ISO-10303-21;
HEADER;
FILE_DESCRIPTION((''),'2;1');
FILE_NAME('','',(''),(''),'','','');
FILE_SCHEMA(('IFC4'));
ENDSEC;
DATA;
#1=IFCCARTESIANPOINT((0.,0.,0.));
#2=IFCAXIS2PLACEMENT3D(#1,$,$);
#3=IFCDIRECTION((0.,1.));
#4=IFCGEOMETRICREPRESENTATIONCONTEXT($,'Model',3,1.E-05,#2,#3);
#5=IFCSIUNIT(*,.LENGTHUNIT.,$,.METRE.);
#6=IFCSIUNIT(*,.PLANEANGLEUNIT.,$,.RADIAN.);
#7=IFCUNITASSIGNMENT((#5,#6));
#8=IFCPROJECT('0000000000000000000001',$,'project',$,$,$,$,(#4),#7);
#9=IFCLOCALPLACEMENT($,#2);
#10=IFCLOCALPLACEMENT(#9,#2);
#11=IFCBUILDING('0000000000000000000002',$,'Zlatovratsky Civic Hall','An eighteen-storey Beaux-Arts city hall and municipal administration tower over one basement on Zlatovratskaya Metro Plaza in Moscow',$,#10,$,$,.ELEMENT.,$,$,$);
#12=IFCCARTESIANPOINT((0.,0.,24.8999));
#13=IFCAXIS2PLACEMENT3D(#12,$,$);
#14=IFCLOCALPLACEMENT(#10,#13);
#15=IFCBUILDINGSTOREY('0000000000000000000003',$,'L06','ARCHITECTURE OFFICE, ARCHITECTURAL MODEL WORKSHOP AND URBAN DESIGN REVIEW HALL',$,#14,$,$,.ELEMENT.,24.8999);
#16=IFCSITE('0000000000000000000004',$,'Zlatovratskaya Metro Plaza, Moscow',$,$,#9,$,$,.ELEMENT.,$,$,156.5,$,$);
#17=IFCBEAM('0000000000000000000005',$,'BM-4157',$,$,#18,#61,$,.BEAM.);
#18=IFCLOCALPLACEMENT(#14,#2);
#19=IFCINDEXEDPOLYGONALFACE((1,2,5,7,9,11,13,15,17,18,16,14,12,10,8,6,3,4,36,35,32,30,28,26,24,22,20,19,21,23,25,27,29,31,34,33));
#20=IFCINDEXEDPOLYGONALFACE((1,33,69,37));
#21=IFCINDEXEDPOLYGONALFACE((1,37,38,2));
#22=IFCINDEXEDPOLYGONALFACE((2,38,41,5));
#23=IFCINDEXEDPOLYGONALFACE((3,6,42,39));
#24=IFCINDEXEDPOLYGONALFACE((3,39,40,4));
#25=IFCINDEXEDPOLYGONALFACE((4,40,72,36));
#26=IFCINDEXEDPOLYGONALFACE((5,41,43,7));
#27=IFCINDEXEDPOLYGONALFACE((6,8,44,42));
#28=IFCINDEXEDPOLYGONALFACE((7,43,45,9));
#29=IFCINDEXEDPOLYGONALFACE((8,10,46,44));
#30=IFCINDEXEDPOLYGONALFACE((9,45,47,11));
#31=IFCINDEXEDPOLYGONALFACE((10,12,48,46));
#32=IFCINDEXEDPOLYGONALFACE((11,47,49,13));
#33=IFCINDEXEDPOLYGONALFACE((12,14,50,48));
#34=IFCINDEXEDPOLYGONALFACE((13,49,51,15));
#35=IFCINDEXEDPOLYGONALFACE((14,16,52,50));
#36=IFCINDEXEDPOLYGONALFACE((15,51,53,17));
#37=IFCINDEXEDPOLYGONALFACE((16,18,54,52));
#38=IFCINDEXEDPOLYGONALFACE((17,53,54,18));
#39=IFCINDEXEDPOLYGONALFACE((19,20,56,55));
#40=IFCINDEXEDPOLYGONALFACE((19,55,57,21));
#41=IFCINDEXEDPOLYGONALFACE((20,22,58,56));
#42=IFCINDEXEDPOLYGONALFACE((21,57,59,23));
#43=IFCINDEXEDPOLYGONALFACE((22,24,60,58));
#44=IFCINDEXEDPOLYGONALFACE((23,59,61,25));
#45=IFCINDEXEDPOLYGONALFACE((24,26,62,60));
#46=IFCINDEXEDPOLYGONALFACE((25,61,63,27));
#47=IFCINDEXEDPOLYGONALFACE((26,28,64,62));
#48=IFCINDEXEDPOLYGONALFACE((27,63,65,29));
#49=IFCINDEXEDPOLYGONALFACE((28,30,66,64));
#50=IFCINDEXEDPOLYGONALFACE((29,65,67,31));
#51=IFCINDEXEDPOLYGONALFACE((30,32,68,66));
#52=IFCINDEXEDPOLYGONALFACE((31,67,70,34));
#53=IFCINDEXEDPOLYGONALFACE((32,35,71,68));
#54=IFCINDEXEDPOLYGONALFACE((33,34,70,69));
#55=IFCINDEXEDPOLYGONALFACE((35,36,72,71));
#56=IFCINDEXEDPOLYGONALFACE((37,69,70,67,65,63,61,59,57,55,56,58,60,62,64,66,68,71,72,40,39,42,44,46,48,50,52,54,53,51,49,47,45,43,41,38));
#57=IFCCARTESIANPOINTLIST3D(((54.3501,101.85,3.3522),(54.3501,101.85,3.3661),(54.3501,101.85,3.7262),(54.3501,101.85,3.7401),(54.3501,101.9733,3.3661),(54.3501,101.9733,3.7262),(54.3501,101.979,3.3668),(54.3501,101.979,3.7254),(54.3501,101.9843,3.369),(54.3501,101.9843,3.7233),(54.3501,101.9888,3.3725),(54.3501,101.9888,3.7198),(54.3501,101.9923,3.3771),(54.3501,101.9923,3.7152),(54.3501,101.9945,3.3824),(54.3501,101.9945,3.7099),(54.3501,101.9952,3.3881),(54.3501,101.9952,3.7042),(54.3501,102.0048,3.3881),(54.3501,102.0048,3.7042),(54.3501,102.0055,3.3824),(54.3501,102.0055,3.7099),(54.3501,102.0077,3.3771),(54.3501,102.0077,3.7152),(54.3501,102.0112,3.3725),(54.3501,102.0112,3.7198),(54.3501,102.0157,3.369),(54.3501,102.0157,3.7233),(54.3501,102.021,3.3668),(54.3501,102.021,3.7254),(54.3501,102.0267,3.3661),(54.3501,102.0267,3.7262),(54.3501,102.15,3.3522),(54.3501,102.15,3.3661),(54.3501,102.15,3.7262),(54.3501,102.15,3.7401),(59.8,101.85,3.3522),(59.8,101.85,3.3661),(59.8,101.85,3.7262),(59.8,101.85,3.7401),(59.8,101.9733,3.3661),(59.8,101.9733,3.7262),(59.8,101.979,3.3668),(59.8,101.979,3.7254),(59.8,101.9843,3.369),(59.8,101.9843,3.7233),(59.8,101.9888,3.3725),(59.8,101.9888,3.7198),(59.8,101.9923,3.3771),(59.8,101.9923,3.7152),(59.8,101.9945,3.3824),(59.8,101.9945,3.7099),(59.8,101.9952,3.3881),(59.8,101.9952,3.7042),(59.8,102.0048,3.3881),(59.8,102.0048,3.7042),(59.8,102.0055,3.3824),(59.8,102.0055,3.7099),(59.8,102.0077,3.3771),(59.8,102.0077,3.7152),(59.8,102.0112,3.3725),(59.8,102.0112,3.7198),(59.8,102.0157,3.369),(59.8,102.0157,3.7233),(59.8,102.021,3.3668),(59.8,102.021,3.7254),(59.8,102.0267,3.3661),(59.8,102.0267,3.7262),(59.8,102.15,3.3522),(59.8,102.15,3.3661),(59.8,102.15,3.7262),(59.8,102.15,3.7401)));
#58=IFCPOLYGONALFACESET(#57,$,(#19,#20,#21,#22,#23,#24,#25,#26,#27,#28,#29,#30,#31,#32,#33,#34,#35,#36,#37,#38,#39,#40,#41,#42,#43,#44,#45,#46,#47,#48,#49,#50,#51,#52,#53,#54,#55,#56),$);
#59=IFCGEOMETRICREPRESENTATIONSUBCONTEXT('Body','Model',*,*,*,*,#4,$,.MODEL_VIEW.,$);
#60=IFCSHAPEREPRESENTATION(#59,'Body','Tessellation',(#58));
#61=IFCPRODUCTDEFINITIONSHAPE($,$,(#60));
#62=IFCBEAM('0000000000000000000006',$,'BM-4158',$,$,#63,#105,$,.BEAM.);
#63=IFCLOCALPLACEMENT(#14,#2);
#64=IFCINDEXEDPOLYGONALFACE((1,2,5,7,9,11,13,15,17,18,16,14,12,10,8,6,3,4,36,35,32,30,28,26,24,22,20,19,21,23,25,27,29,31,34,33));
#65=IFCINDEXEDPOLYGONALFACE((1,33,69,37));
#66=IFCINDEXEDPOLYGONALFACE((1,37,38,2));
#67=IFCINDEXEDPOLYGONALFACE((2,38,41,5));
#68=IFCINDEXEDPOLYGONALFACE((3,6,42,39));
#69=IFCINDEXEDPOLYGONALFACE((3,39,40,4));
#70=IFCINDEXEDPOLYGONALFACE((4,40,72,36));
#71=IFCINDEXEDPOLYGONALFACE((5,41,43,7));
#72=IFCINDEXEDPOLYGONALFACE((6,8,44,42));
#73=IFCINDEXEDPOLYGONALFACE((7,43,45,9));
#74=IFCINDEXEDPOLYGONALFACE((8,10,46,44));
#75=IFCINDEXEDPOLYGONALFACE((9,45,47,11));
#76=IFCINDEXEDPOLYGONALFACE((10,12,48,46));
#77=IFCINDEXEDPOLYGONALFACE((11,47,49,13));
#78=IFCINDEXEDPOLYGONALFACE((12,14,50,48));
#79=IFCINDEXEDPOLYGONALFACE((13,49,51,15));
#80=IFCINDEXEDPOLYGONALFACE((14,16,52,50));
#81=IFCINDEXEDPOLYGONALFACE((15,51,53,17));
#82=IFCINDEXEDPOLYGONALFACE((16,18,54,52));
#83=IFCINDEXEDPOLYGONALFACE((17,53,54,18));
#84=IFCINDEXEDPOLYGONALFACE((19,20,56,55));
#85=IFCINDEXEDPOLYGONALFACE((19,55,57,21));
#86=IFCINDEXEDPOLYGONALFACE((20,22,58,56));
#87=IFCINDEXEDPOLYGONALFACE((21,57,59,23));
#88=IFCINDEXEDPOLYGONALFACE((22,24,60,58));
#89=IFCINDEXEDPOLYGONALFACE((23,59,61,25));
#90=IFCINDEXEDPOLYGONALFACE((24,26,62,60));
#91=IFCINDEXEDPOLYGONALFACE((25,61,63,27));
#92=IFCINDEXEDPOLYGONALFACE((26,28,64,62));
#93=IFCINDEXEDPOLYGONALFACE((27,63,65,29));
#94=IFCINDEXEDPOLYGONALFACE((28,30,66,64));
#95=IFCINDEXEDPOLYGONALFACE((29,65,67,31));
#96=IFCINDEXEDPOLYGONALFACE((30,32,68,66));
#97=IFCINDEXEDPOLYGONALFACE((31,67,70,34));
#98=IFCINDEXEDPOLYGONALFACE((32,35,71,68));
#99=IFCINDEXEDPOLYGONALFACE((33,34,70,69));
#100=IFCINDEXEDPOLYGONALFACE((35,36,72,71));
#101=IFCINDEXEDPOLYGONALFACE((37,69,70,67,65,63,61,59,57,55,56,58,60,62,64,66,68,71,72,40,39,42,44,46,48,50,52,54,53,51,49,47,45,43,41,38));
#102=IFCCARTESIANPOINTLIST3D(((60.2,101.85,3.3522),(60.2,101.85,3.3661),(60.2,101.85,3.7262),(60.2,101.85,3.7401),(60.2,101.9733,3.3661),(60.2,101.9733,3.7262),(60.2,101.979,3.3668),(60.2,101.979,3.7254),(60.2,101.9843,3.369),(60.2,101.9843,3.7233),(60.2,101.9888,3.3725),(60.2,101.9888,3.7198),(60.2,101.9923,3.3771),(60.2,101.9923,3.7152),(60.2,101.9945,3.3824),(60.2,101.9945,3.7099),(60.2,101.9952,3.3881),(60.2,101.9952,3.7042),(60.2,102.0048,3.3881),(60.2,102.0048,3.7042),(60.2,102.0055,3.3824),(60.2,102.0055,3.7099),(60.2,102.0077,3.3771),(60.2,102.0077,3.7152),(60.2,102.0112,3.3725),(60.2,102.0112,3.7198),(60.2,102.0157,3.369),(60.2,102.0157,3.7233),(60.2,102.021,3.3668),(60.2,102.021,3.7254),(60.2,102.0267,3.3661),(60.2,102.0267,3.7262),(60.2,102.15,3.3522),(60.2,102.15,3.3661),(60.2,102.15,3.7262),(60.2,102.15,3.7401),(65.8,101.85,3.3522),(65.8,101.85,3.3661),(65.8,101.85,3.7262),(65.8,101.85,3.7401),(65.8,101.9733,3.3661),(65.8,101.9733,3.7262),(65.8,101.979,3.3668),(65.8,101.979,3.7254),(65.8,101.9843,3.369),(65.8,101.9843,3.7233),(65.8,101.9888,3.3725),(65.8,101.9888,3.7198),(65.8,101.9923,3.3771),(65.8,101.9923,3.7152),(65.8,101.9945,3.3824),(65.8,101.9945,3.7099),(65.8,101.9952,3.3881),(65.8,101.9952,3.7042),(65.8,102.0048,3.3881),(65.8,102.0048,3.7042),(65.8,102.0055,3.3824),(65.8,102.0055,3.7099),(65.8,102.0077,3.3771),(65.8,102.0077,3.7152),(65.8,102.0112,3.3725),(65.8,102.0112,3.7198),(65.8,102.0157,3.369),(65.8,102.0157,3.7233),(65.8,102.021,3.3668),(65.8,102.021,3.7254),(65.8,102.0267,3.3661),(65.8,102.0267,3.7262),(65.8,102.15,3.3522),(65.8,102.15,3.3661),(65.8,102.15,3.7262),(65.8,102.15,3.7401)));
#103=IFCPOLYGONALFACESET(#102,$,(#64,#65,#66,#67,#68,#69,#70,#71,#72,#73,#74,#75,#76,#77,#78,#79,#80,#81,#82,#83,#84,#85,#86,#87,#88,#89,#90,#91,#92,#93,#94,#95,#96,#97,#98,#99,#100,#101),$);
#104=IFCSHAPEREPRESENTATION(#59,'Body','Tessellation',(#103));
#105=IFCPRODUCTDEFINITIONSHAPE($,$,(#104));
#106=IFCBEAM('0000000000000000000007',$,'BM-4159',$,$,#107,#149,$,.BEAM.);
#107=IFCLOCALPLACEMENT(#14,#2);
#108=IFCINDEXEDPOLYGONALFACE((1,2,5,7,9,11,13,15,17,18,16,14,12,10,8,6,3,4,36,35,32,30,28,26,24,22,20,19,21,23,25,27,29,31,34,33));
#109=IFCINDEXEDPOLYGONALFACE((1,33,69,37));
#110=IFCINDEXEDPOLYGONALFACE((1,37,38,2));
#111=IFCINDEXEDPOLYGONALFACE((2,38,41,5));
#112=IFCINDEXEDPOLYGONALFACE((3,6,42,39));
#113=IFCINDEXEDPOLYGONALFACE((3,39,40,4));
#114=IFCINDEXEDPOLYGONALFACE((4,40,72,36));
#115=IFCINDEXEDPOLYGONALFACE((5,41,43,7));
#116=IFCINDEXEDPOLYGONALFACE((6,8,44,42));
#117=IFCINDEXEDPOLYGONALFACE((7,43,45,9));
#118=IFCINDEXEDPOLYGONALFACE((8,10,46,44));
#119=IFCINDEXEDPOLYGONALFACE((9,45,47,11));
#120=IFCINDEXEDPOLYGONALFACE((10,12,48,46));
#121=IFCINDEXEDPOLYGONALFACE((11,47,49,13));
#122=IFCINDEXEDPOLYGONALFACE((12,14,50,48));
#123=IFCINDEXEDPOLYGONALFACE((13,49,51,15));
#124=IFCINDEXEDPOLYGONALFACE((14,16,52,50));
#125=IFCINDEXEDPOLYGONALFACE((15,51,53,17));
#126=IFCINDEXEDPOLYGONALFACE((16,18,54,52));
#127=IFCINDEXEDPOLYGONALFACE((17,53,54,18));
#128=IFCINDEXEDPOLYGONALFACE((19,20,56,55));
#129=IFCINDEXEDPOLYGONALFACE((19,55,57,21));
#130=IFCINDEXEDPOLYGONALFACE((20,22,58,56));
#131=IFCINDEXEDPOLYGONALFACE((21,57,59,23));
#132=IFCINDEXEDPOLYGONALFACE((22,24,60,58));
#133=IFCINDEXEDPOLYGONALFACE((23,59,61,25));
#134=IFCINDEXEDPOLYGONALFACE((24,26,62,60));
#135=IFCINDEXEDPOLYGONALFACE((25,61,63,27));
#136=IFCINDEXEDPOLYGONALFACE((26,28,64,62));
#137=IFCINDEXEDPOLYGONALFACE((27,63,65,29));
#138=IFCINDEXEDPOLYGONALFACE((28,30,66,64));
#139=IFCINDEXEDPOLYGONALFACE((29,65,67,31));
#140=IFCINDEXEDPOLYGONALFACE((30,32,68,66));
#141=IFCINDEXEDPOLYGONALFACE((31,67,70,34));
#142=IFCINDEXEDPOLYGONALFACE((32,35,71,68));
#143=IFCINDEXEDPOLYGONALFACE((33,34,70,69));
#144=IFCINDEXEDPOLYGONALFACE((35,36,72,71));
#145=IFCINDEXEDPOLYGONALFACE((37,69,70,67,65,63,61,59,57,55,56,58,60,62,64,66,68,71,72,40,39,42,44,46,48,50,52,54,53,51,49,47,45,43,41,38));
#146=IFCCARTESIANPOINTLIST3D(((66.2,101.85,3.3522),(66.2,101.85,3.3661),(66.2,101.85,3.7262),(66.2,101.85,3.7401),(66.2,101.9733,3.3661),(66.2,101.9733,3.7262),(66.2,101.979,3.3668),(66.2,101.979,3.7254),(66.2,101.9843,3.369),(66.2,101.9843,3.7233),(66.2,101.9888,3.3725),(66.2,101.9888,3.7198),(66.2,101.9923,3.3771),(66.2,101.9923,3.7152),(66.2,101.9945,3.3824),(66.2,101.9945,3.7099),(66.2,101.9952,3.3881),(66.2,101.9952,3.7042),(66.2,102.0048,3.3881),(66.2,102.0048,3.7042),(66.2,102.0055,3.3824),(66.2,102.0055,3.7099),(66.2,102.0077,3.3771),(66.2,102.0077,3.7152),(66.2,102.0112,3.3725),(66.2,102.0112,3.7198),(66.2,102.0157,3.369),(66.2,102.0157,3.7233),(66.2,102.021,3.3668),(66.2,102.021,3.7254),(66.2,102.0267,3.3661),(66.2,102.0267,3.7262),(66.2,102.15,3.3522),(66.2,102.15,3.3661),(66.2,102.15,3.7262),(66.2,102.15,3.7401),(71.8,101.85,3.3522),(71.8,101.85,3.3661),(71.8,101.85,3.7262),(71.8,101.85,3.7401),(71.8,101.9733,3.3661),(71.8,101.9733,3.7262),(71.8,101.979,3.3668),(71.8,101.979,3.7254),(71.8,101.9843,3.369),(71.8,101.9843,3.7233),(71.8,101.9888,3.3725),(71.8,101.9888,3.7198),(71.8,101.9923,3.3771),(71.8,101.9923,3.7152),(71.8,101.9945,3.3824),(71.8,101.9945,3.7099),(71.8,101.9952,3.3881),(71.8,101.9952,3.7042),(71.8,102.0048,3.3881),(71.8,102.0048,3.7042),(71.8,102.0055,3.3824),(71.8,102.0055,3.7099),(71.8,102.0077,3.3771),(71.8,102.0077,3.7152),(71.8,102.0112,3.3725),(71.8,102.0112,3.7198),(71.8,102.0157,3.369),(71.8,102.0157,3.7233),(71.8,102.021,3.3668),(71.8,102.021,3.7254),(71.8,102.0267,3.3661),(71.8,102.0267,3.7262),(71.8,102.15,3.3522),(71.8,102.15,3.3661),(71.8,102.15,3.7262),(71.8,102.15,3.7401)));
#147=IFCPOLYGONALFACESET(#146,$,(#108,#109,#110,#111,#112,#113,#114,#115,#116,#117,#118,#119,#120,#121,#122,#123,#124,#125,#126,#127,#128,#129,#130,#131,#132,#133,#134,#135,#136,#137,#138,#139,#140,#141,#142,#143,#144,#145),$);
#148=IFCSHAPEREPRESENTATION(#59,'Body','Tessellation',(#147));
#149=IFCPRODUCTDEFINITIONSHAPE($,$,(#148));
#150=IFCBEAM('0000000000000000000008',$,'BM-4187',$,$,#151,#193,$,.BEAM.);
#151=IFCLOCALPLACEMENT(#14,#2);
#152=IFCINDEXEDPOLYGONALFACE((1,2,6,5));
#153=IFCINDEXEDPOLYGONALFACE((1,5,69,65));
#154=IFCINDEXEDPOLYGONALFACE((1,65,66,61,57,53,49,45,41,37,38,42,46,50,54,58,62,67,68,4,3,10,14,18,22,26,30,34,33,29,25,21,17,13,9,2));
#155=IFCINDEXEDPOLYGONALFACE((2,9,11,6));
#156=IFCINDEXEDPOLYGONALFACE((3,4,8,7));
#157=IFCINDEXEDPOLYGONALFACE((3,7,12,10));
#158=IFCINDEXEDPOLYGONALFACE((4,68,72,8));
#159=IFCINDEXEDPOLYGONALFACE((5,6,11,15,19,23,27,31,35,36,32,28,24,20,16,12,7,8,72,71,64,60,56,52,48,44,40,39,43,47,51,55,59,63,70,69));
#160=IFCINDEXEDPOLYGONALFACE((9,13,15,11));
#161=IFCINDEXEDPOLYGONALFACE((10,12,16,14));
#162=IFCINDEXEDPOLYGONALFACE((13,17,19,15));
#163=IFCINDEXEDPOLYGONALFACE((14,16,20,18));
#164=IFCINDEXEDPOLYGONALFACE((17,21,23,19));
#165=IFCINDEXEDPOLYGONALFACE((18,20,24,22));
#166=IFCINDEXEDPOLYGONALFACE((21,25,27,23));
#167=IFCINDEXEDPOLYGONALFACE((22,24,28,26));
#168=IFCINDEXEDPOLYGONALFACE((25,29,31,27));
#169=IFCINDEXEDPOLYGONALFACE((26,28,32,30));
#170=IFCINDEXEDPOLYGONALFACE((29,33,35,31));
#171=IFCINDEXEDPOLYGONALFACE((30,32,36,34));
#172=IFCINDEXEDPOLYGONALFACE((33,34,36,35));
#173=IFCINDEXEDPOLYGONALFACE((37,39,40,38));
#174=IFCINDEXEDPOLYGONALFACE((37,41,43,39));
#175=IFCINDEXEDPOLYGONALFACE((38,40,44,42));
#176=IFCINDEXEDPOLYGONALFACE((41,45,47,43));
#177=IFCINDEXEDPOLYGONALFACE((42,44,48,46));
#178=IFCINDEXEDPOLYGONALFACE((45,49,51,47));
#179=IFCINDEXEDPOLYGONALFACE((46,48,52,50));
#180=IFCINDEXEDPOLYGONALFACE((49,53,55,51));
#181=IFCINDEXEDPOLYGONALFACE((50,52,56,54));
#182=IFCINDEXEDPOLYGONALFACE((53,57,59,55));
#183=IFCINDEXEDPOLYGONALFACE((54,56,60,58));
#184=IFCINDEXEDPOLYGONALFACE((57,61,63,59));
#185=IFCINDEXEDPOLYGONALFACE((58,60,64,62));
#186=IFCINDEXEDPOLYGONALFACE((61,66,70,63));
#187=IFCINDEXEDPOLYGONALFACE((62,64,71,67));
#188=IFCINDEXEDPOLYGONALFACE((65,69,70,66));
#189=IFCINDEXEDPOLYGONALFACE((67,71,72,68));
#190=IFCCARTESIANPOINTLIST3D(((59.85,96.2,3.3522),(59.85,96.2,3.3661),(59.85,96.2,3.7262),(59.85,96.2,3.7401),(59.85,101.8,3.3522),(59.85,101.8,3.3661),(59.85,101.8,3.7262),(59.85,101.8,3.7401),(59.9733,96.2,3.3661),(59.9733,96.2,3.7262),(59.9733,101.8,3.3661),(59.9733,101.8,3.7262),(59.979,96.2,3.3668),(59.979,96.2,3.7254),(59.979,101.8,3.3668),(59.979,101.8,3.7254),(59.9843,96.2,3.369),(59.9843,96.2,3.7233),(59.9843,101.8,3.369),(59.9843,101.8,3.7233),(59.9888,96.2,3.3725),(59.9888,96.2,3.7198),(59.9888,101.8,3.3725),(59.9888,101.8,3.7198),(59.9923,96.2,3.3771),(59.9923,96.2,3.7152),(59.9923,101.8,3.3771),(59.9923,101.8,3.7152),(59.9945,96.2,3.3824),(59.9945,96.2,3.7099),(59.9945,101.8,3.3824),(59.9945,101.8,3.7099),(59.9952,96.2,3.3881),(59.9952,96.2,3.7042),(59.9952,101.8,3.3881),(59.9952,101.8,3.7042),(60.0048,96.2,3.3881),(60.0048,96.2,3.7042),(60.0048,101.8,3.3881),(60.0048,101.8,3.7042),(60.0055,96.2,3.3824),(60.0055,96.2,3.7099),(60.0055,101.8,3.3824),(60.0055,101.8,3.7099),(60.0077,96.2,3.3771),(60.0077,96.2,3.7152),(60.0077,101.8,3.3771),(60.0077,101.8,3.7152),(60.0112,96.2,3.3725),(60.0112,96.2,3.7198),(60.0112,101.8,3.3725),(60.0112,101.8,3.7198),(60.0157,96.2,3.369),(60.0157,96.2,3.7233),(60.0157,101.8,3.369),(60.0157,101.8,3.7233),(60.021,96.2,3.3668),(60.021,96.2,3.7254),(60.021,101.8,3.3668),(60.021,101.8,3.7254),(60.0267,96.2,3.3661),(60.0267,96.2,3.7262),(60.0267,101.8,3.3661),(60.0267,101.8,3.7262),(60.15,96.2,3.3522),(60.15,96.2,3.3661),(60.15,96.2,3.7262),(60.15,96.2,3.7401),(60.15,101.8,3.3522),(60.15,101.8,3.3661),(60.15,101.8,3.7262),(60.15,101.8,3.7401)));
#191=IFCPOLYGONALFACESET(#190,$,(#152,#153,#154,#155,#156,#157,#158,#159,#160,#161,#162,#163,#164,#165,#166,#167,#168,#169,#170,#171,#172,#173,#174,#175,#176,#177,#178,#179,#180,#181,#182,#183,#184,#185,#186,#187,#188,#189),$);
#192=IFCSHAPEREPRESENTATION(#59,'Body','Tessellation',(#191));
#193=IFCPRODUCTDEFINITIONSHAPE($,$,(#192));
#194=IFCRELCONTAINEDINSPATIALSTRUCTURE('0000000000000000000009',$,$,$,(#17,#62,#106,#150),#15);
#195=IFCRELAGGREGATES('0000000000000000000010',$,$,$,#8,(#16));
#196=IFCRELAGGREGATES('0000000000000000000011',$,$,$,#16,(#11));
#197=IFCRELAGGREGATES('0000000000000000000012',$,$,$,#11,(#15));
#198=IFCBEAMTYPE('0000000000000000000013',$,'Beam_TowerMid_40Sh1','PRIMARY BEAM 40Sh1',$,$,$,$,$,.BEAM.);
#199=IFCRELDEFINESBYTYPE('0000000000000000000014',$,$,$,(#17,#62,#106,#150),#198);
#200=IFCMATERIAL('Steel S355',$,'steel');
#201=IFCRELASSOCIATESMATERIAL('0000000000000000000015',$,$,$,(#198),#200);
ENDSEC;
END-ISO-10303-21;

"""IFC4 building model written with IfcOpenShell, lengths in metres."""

from ifc_helpers import new_model, si_unit, direction, frame, origin, origin_2d, place, context, subcontext, project, spatial, i_section, extrude, material, material_profile, profile_set, type_object, element, save


model = new_model("IFC4")

# Units and contexts
model_context = context("Model", 3, precision=1e-05, world=origin(), true_north=direction((0.0, 1.0)))
body_context = subcontext(model_context, "Body", "Model", "MODEL_VIEW")
ifc_project = project(units=[si_unit("LENGTHUNIT", "METRE"), si_unit("PLANEANGLEUNIT", "RADIAN")], contexts=[model_context])

# Site, building, storey
site_placement = place(None, origin())
site = spatial("IfcSite", under=ifc_project, at=site_placement, Name="Zlatovratskaya Metro Plaza, Moscow", CompositionType="ELEMENT", RefElevation=156.5)
building_placement = place(site_placement, origin())
building = spatial("IfcBuilding", under=site, at=building_placement, Name="Zlatovratsky Civic Hall", Description="An eighteen-storey Beaux-Arts city hall and municipal administration tower over one basement on Zlatovratskaya Metro Plaza in Moscow", CompositionType="ELEMENT")
storey_placement = place(building_placement, frame((0.0, 0.0, 24.8999)))
storey = spatial("IfcBuildingStorey", under=building, at=storey_placement, Name="L06", Description="ARCHITECTURE OFFICE, ARCHITECTURAL MODEL WORKSHOP AND URBAN DESIGN REVIEW HALL", CompositionType="ELEMENT", Elevation=24.8999)

# Shared definitions
ifc_material_1 = material(Name="Steel S355", Category="steel")

# Beams
ifc_material_profile_1 = material_profile(ifc_material_1, i_section(OverallWidth=0.3, OverallDepth=0.3879, WebThickness=0.0095, FlangeThickness=0.0139, FilletRadius=0.022, at=origin_2d()), Name="40Sh1")
ifc_profile_set_1 = profile_set([ifc_material_profile_1], Name="Steel S355")
beam_type_1 = type_object("IfcBeamType", Name="Beam_TowerMid_40Sh1", Description="PRIMARY BEAM 40Sh1", PredefinedType="BEAM", material=ifc_profile_set_1)
beam_placement = place(storey_placement, frame((54.3501, 102.0, 3.5461), z_axis=(1.0, 0.0, 0.0), x_axis=(0.0, 1.0, 0.0)))
element("IfcBeam", 1, at=beam_placement, inside=storey, type_object=beam_type_1, Name="BM-4157", PredefinedType="BEAM", context=body_context, shape_type="SweptSolid", body=[
    extrude(i_section(OverallWidth=0.3, OverallDepth=0.3879, WebThickness=0.0095, FlangeThickness=0.0139, FilletRadius=0.022, at=origin_2d()), origin(), (0.0, 0.0, 1.0), 5.45),
])
for number, where, z_axis, x_axis, name in (
    (2, (60.2, 102.0, 3.5461), (1.0, 0.0, 0.0), (0.0, 1.0, 0.0), "BM-4158"),
    (3, (66.2, 102.0, 3.5461), (1.0, 0.0, 0.0), (0.0, 1.0, 0.0), "BM-4159"),
    (4, (60.0, 96.2, 3.5461), (0.0, 1.0, 0.0), (-1.0, 0.0, 0.0), "BM-4187"),
):
    element("IfcBeam", number, at=place(storey_placement, frame(where, z_axis=z_axis, x_axis=x_axis)), inside=storey, type_object=beam_type_1, Name=name, PredefinedType="BEAM", context=body_context, shape_type="SweptSolid", body=[
        extrude(i_section(OverallWidth=0.3, OverallDepth=0.3879, WebThickness=0.0095, FlangeThickness=0.0139, FilletRadius=0.022, at=origin_2d()), origin(), (0.0, 0.0, 1.0), 5.6001),
    ])

save(model, "model.ifc")
